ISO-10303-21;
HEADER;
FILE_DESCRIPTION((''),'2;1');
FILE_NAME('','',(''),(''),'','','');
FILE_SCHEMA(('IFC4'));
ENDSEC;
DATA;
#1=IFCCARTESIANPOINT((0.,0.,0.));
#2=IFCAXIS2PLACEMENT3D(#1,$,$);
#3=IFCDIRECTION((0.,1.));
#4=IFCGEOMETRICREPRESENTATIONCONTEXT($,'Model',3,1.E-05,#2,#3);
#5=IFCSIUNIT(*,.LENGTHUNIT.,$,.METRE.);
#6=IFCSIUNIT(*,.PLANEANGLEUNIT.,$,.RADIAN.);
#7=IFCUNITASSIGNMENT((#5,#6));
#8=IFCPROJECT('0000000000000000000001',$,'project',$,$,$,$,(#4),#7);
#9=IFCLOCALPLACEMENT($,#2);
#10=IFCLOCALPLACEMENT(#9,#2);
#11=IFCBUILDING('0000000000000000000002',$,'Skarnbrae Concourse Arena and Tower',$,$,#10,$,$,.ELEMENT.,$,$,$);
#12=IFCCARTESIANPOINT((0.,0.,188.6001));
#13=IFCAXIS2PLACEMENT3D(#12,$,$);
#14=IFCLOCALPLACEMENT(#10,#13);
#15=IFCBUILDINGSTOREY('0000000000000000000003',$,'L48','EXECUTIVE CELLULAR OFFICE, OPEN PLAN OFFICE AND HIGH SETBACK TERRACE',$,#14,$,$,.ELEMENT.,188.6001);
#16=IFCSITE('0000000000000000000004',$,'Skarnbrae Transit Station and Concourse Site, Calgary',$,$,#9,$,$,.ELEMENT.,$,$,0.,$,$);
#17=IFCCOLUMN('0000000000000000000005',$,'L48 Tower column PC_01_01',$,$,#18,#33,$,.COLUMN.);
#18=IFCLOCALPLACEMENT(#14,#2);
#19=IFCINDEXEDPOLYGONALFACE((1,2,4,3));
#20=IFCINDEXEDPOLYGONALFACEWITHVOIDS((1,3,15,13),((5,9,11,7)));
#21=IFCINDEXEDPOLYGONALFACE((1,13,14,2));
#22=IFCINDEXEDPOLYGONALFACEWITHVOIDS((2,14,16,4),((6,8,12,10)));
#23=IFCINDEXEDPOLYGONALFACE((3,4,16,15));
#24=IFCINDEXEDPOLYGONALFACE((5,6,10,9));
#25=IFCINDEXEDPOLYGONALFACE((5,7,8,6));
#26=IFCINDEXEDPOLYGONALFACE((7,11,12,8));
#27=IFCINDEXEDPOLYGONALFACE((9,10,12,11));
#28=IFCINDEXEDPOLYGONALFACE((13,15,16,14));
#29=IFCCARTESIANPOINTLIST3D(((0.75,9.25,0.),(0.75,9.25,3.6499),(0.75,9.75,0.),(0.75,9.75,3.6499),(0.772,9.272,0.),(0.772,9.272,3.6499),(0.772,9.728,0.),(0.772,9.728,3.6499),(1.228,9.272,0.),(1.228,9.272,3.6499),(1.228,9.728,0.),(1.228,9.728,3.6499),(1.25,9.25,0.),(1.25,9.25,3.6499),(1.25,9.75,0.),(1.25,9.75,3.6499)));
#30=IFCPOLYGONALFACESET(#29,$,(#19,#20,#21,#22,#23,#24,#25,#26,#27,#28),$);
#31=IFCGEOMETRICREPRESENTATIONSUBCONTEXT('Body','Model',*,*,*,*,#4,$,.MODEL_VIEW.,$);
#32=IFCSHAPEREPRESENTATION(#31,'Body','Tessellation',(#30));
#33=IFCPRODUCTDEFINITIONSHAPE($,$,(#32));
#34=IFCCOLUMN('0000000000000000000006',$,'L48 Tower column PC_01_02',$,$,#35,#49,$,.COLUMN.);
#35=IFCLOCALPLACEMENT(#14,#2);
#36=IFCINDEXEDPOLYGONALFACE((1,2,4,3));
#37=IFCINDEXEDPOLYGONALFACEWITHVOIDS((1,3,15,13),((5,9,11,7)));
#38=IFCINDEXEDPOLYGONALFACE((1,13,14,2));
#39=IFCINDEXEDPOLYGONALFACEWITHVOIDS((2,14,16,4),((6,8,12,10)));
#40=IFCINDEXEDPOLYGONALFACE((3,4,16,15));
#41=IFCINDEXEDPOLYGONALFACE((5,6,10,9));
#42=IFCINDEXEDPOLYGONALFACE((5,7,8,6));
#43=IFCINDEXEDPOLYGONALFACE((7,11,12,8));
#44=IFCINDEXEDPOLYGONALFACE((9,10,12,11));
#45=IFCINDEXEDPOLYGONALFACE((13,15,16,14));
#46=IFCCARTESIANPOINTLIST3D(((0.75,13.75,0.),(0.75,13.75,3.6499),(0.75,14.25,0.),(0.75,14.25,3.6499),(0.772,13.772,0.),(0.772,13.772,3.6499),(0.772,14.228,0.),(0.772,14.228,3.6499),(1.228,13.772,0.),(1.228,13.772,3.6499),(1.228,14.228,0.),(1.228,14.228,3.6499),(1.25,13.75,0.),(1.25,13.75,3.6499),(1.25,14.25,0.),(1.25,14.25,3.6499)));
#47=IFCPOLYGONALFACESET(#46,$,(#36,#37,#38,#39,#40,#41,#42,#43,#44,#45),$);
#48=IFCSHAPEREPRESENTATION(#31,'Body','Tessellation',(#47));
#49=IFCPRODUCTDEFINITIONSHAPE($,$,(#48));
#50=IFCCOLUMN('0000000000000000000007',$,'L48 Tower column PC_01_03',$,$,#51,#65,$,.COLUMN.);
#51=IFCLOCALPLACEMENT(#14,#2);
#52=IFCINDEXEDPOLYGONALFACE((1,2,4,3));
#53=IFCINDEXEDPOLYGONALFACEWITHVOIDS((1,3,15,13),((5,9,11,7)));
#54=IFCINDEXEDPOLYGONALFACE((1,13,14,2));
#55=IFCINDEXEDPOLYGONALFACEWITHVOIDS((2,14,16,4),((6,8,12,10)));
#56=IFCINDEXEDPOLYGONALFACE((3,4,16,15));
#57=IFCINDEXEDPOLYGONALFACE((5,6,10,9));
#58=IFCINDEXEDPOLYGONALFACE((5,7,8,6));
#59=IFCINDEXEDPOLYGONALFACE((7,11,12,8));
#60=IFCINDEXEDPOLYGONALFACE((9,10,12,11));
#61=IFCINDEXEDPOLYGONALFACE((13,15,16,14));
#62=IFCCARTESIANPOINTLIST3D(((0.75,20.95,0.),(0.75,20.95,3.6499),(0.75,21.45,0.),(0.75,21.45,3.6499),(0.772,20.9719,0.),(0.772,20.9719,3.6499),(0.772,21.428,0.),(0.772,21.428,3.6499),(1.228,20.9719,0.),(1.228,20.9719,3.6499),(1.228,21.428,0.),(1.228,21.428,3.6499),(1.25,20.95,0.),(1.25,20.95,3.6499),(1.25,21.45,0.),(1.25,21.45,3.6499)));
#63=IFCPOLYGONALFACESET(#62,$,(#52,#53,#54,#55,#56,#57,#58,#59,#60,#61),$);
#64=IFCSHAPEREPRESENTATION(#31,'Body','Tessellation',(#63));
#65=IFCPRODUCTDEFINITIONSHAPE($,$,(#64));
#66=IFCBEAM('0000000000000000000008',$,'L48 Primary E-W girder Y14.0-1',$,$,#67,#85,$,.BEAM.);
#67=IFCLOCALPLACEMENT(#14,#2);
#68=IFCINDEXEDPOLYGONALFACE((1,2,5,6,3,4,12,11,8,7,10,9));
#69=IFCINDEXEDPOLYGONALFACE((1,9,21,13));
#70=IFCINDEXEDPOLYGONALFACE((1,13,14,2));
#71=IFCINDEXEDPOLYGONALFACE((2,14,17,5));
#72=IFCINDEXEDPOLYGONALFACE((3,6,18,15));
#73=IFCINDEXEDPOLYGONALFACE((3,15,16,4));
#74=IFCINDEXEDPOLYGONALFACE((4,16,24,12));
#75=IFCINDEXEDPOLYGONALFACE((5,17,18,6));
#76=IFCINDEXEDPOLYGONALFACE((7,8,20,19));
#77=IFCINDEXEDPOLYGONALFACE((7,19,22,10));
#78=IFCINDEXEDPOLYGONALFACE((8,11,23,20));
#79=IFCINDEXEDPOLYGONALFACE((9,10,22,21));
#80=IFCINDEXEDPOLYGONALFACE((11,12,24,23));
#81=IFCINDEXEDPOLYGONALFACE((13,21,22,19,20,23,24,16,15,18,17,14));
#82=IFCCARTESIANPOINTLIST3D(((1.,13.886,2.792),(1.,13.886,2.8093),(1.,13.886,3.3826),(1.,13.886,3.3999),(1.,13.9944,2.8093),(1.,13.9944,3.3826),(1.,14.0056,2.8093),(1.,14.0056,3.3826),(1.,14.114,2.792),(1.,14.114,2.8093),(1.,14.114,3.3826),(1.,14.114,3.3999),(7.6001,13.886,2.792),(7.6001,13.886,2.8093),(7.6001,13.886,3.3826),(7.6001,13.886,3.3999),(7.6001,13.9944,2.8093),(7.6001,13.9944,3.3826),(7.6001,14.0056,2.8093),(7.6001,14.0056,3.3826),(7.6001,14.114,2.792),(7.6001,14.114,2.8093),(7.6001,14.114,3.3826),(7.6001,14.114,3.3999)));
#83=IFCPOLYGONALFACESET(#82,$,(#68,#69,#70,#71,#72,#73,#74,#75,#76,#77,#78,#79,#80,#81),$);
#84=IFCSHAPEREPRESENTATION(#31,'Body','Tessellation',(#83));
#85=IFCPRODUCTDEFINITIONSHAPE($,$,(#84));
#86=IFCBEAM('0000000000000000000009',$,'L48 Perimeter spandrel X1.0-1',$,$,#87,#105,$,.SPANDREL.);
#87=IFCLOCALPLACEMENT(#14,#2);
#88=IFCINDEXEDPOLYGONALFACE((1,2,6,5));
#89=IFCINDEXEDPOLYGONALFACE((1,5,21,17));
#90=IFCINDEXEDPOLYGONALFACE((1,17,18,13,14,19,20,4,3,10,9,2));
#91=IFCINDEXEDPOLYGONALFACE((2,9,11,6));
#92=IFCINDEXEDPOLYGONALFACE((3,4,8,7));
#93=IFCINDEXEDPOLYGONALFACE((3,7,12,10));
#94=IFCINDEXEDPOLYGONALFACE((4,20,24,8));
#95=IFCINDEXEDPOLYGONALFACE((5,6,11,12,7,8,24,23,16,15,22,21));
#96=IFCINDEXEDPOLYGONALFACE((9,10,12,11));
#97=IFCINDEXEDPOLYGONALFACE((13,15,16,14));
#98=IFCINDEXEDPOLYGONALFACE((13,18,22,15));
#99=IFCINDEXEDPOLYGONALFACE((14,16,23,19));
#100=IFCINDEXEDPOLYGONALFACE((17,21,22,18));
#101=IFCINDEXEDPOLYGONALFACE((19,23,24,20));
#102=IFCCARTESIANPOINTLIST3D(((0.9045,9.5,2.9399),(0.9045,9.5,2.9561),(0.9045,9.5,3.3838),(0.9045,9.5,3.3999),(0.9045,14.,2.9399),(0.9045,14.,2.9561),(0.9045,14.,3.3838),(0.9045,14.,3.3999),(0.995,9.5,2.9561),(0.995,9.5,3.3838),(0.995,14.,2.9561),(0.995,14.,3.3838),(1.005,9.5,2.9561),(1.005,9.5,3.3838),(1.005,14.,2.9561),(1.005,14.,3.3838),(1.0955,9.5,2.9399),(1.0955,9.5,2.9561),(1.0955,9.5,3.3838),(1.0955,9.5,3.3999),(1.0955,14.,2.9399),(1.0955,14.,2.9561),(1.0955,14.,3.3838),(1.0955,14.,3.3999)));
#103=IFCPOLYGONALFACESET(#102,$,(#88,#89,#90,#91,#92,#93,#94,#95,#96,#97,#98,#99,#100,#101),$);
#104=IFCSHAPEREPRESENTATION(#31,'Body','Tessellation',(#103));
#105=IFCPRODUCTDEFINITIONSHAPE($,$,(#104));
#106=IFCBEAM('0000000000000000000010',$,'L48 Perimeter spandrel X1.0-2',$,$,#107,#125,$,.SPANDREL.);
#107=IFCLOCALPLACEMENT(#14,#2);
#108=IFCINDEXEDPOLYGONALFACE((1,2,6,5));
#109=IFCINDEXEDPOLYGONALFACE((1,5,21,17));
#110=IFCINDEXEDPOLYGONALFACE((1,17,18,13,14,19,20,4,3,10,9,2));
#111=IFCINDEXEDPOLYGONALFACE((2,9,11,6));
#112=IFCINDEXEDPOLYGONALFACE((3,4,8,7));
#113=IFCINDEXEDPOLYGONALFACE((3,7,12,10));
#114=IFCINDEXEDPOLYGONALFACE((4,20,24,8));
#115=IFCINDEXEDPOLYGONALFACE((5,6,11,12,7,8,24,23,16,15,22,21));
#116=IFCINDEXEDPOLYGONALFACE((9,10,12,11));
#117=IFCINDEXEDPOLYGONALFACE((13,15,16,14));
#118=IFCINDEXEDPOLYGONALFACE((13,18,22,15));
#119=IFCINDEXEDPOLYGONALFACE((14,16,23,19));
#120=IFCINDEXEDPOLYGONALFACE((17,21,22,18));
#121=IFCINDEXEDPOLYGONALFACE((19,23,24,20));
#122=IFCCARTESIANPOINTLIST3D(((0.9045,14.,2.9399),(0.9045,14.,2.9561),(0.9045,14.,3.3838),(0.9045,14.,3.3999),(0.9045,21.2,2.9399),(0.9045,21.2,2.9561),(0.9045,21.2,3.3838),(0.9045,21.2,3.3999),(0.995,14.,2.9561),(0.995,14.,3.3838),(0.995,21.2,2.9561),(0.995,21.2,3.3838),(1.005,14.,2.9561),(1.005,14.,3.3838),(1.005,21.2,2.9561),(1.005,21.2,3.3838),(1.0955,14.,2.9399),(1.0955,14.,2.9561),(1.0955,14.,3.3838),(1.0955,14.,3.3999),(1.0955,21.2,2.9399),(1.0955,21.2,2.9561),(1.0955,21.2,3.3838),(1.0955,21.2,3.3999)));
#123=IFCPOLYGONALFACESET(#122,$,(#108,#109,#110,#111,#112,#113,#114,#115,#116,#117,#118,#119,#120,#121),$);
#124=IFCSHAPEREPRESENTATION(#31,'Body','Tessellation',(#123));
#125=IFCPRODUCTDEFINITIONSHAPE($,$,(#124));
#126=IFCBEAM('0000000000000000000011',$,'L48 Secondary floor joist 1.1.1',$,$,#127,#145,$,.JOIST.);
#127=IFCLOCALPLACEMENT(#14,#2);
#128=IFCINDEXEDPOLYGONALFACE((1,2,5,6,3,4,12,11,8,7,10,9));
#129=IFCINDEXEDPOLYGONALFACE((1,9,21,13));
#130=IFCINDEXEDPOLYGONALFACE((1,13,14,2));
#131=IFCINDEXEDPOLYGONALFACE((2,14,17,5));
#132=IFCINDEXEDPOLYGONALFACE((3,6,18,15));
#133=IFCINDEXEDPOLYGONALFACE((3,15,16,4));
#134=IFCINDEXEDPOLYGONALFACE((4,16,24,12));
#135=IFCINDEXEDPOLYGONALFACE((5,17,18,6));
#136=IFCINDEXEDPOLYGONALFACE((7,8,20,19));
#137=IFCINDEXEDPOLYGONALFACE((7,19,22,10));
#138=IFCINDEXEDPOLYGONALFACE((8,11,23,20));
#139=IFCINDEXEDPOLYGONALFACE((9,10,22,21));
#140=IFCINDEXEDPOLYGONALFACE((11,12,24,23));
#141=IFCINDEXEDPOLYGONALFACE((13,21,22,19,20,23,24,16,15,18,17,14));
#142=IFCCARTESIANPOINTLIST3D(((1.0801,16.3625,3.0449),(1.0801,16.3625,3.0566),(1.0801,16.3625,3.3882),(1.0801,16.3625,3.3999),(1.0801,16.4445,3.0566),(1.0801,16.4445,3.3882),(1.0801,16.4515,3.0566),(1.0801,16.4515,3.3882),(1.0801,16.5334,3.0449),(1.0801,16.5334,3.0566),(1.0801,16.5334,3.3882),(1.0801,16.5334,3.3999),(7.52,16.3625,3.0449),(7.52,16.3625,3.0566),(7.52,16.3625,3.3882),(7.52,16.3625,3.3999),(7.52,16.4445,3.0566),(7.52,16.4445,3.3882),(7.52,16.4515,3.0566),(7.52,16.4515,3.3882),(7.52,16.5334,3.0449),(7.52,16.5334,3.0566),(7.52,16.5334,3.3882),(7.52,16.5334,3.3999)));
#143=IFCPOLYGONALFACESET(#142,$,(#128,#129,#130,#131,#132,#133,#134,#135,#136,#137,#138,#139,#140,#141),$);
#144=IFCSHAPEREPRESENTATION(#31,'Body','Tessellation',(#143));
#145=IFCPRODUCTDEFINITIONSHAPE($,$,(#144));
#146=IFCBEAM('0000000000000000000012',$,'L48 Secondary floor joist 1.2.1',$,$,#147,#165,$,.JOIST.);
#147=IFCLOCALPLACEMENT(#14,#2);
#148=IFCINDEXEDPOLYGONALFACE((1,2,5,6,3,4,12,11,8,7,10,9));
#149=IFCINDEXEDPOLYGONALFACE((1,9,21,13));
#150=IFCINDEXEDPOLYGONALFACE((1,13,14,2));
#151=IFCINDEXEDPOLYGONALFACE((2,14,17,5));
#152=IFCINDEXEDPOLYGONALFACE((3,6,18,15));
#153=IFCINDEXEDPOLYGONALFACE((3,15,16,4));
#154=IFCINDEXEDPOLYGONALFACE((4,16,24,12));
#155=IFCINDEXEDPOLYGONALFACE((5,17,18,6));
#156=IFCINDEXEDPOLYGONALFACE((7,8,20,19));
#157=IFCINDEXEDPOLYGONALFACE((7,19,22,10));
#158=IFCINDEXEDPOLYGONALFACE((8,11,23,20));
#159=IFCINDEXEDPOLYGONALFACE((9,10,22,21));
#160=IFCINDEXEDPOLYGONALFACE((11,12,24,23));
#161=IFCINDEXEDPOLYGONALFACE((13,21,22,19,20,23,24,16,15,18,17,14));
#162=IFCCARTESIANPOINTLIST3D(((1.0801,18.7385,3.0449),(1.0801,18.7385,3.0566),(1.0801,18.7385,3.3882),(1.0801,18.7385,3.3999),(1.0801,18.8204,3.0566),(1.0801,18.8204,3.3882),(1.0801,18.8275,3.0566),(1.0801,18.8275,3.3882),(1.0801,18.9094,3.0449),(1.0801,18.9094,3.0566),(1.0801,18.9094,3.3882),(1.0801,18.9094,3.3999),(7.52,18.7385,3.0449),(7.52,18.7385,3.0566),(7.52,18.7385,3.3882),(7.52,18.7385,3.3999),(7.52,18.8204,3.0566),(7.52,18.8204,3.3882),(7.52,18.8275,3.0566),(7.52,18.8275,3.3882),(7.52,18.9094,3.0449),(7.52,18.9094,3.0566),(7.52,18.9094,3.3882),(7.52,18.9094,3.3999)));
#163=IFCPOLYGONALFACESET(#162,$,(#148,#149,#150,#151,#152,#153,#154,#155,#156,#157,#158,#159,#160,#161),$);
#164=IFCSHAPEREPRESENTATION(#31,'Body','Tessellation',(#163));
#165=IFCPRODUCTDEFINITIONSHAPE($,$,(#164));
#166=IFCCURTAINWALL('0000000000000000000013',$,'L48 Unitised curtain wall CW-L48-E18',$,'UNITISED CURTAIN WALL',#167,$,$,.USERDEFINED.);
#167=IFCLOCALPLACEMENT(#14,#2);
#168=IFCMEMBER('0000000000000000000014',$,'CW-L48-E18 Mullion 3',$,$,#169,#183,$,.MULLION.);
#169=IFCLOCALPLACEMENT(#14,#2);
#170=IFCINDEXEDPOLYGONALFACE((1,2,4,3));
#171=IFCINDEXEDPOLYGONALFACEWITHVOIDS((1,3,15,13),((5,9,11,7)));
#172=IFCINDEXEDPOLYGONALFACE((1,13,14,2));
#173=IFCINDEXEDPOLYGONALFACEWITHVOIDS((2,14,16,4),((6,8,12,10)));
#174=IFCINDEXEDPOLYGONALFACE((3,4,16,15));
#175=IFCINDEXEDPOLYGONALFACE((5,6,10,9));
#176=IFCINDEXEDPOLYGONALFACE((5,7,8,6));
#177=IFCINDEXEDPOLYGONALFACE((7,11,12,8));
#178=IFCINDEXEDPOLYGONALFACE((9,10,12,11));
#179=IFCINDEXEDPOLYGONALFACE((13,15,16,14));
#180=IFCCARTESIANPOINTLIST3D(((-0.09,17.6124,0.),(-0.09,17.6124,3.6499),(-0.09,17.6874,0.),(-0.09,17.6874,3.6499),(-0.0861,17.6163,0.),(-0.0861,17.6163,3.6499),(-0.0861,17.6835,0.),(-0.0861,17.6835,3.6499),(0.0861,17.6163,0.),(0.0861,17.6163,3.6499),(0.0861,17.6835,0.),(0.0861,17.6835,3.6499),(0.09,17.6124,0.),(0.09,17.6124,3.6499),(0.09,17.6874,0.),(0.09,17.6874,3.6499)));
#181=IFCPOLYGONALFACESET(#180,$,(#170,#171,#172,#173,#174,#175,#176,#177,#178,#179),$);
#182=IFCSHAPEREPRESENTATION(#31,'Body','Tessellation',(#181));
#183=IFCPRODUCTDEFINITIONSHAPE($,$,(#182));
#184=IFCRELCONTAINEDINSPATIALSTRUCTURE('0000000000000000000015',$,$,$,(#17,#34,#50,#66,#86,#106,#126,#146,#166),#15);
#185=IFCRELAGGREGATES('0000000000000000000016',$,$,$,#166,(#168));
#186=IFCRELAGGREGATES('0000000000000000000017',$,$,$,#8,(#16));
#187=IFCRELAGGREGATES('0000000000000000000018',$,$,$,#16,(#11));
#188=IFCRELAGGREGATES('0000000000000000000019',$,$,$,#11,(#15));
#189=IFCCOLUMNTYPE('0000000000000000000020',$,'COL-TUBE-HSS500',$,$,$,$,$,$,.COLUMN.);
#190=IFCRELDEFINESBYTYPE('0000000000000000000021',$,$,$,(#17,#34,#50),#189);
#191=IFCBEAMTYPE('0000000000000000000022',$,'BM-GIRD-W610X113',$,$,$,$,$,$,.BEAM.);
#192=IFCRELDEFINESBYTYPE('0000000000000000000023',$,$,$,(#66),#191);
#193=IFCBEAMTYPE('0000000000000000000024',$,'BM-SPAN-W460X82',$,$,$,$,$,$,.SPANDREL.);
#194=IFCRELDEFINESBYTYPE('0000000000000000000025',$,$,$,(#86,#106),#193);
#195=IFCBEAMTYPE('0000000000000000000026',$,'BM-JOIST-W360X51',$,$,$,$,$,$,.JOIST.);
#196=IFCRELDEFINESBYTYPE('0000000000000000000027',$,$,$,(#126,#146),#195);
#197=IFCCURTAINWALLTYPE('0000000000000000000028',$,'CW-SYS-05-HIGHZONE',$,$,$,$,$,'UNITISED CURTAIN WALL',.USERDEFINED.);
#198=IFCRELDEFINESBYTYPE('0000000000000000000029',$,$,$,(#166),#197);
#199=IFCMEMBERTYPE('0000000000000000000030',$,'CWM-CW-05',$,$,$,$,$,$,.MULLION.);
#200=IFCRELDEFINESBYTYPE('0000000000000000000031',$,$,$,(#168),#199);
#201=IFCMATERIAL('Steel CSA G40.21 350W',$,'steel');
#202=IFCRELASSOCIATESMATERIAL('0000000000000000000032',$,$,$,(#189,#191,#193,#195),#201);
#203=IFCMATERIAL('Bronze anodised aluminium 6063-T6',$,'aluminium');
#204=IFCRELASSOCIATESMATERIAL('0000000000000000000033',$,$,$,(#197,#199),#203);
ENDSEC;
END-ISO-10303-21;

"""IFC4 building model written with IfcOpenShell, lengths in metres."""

from ifc_helpers import new_model, si_unit, direction, frame, origin, origin_2d, place, context, subcontext, project, spatial, hollow_rectangle, i_section, extrude, source, transform, mapped, material, material_profile, profile_set, type_object, element, aggregate, save


model = new_model("IFC4")

# Units and contexts
model_context = context("Model", 3, precision=1e-05, world=origin(), true_north=direction((0.0, 1.0)))
body_context = subcontext(model_context, "Body", "Model", "MODEL_VIEW")
ifc_project = project(units=[si_unit("LENGTHUNIT", "METRE"), si_unit("PLANEANGLEUNIT", "RADIAN")], contexts=[model_context])

# Site, building, storey
site_placement = place(None, origin())
site = spatial("IfcSite", under=ifc_project, at=site_placement, Name="Skarnbrae Transit Station and Concourse Site, Calgary", CompositionType="ELEMENT", RefElevation=0.0)
building_placement = place(site_placement, origin())
building = spatial("IfcBuilding", under=site, at=building_placement, Name="Skarnbrae Concourse Arena and Tower", CompositionType="ELEMENT")
storey_placement = place(building_placement, frame((0.0, 0.0, 188.6001)))
storey = spatial("IfcBuildingStorey", under=building, at=storey_placement, Name="L48", Description="EXECUTIVE CELLULAR OFFICE, OPEN PLAN OFFICE AND HIGH SETBACK TERRACE", CompositionType="ELEMENT", Elevation=188.6001)

# Columns
ifc_material_1 = material(Name="Steel CSA G40.21 350W", Category="steel")
ifc_material_profile_1 = material_profile(ifc_material_1, hollow_rectangle(XDim=0.5, YDim=0.5, WallThickness=0.022, at=origin_2d()), Name="HSS500X500X22.0")
ifc_profile_set_1 = profile_set([ifc_material_profile_1], Name="Steel CSA G40.21 350W")
column_type = type_object("IfcColumnType", Name="COL-TUBE-HSS500", PredefinedType="COLUMN", material=ifc_profile_set_1)
shared_shape_1 = source(origin(), body_context, "Body", "SweptSolid", [
    extrude(hollow_rectangle(XDim=0.5, YDim=0.5, WallThickness=0.022, at=origin_2d()), origin(), (0.0, 0.0, 1.0), 3.6499),
])
for number, where, z_axis, x_axis, name in (
    (1, (1.0, 9.5, 0.0), (0.0, 0.0, 1.0), (1.0, 0.0, 0.0), "L48 Tower column PC_01_01"),
    (2, (1.0, 14.0, 0.0), (0.0, 0.0, 1.0), (1.0, 0.0, 0.0), "L48 Tower column PC_01_02"),
    (3, (1.0, 21.2, 0.0), (0.0, 0.0, 1.0), (1.0, 0.0, 0.0), "L48 Tower column PC_01_03"),
):
    element("IfcColumn", number, at=place(storey_placement, frame(where, z_axis=z_axis, x_axis=x_axis)), inside=storey, type_object=column_type, Name=name, PredefinedType="COLUMN", context=body_context, shape_type="MappedRepresentation", body=[
        mapped(shared_shape_1, transform((0.0, 0.0, 0.0))),
    ])

# Beams
ifc_material_profile_2 = material_profile(ifc_material_1, i_section(OverallWidth=0.228, OverallDepth=0.6079, WebThickness=0.0112, FlangeThickness=0.0173, at=origin_2d()), Name="W610X113")
ifc_profile_set_2 = profile_set([ifc_material_profile_2], Name="Steel CSA G40.21 350W")
beam_type_1 = type_object("IfcBeamType", Name="BM-GIRD-W610X113", PredefinedType="BEAM", material=ifc_profile_set_2)
shared_shape_2 = source(origin(), body_context, "Body", "SweptSolid", [
    extrude(i_section(OverallWidth=0.228, OverallDepth=0.6079, WebThickness=0.0112, FlangeThickness=0.0173, at=origin_2d()), origin(), (0.0, 0.0, 1.0), 6.6001),
])
beam_1_placement = place(storey_placement, frame((1.0, 14.0, 3.0959), z_axis=(1.0, 0.0, 0.0), x_axis=(0.0, 1.0, 0.0)))
element("IfcBeam", 4, at=beam_1_placement, inside=storey, type_object=beam_type_1, Name="L48 Primary E-W girder Y14.0-1", PredefinedType="BEAM", context=body_context, shape_type="MappedRepresentation", body=[
    mapped(shared_shape_2, transform((0.0, 0.0, 0.0))),
])
ifc_material_profile_3 = material_profile(ifc_material_1, i_section(OverallWidth=0.1909, OverallDepth=0.46, WebThickness=0.01, FlangeThickness=0.0161, at=origin_2d()), Name="W460X82")
ifc_profile_set_3 = profile_set([ifc_material_profile_3], Name="Steel CSA G40.21 350W")
beam_type_2 = type_object("IfcBeamType", Name="BM-SPAN-W460X82", PredefinedType="SPANDREL", material=ifc_profile_set_3)
shared_shape_3 = source(origin(), body_context, "Body", "SweptSolid", [
    extrude(i_section(OverallWidth=0.1909, OverallDepth=0.46, WebThickness=0.01, FlangeThickness=0.0161, at=origin_2d()), origin(), (0.0, 0.0, 1.0), 4.5),
])
beam_2_placement = place(storey_placement, frame((1.0, 9.5, 3.1699), z_axis=(0.0, 1.0, 0.0), x_axis=(-1.0, 0.0, 0.0)))
element("IfcBeam", 5, at=beam_2_placement, inside=storey, type_object=beam_type_2, Name="L48 Perimeter spandrel X1.0-1", PredefinedType="SPANDREL", context=body_context, shape_type="MappedRepresentation", body=[
    mapped(shared_shape_3, transform((0.0, 0.0, 0.0))),
])
shared_shape_4 = source(origin(), body_context, "Body", "SweptSolid", [
    extrude(i_section(OverallWidth=0.1909, OverallDepth=0.46, WebThickness=0.01, FlangeThickness=0.0161, at=origin_2d()), origin(), (0.0, 0.0, 1.0), 7.2),
])
beam_3_placement = place(storey_placement, frame((1.0, 14.0, 3.1699), z_axis=(0.0, 1.0, 0.0), x_axis=(-1.0, 0.0, 0.0)))
element("IfcBeam", 6, at=beam_3_placement, inside=storey, type_object=beam_type_2, Name="L48 Perimeter spandrel X1.0-2", PredefinedType="SPANDREL", context=body_context, shape_type="MappedRepresentation", body=[
    mapped(shared_shape_4, transform((0.0, 0.0, 0.0))),
])
ifc_material_profile_4 = material_profile(ifc_material_1, i_section(OverallWidth=0.1709, OverallDepth=0.355, WebThickness=0.0071, FlangeThickness=0.0117, at=origin_2d()), Name="W360X51")
ifc_profile_set_4 = profile_set([ifc_material_profile_4], Name="Steel CSA G40.21 350W")
beam_type_3 = type_object("IfcBeamType", Name="BM-JOIST-W360X51", PredefinedType="JOIST", material=ifc_profile_set_4)
shared_shape_5 = source(origin(), body_context, "Body", "SweptSolid", [
    extrude(i_section(OverallWidth=0.1709, OverallDepth=0.355, WebThickness=0.0071, FlangeThickness=0.0117, at=origin_2d()), origin(), (0.0, 0.0, 1.0), 6.4399),
])
for number, where, z_axis, x_axis, name in (
    (7, (1.0801, 16.448, 3.2224), (1.0, 0.0, 0.0), (0.0, 1.0, 0.0), "L48 Secondary floor joist 1.1.1"),
    (8, (1.0801, 18.824, 3.2224), (1.0, 0.0, 0.0), (0.0, 1.0, 0.0), "L48 Secondary floor joist 1.2.1"),
):
    element("IfcBeam", number, at=place(storey_placement, frame(where, z_axis=z_axis, x_axis=x_axis)), inside=storey, type_object=beam_type_3, Name=name, PredefinedType="JOIST", context=body_context, shape_type="MappedRepresentation", body=[
        mapped(shared_shape_5, transform((0.0, 0.0, 0.0))),
    ])

# Curtain wall, member
ifc_material_2 = material(Name="Bronze anodised aluminium 6063-T6", Category="aluminium")
curtain_wall_type = type_object("IfcCurtainWallType", Name="CW-SYS-05-HIGHZONE", ElementType="UNITISED CURTAIN WALL", PredefinedType="USERDEFINED", material=ifc_material_2)
curtain_wall_placement = place(storey_placement, origin())
curtain_wall = element("IfcCurtainWall", 9, at=curtain_wall_placement, inside=storey, type_object=curtain_wall_type, Name="L48 Unitised curtain wall CW-L48-E18", ObjectType="UNITISED CURTAIN WALL", PredefinedType="USERDEFINED")
ifc_material_profile_5 = material_profile(ifc_material_2, hollow_rectangle(XDim=0.075, YDim=0.1799, WallThickness=0.0039, at=origin_2d()), Name="ALU-MULL-75X180")
ifc_profile_set_5 = profile_set([ifc_material_profile_5], Name="Bronze anodised aluminium 6063-T6")
member_type_1 = type_object("IfcMemberType", Name="CWM-CW-05", PredefinedType="MULLION", material=ifc_profile_set_5)
shared_shape_6 = source(origin(), body_context, "Body", "SweptSolid", [
    extrude(hollow_rectangle(XDim=0.075, YDim=0.1799, WallThickness=0.0039, at=origin_2d()), origin(), (0.0, 0.0, 1.0), 3.6499),
])
member_1_placement = place(storey_placement, frame((0.0, 17.6499, 0.0), z_axis=(0.0, 0.0, 1.0), x_axis=(0.0, -1.0, 0.0)))
member_1 = element("IfcMember", 10, at=member_1_placement, type_object=member_type_1, Name="CW-L48-E18 Mullion 3", PredefinedType="MULLION", context=body_context, shape_type="MappedRepresentation", body=[
    mapped(shared_shape_6, transform((0.0, 0.0, 0.0))),
])
aggregate(curtain_wall, [member_1])

save(model, "model.ifc")
